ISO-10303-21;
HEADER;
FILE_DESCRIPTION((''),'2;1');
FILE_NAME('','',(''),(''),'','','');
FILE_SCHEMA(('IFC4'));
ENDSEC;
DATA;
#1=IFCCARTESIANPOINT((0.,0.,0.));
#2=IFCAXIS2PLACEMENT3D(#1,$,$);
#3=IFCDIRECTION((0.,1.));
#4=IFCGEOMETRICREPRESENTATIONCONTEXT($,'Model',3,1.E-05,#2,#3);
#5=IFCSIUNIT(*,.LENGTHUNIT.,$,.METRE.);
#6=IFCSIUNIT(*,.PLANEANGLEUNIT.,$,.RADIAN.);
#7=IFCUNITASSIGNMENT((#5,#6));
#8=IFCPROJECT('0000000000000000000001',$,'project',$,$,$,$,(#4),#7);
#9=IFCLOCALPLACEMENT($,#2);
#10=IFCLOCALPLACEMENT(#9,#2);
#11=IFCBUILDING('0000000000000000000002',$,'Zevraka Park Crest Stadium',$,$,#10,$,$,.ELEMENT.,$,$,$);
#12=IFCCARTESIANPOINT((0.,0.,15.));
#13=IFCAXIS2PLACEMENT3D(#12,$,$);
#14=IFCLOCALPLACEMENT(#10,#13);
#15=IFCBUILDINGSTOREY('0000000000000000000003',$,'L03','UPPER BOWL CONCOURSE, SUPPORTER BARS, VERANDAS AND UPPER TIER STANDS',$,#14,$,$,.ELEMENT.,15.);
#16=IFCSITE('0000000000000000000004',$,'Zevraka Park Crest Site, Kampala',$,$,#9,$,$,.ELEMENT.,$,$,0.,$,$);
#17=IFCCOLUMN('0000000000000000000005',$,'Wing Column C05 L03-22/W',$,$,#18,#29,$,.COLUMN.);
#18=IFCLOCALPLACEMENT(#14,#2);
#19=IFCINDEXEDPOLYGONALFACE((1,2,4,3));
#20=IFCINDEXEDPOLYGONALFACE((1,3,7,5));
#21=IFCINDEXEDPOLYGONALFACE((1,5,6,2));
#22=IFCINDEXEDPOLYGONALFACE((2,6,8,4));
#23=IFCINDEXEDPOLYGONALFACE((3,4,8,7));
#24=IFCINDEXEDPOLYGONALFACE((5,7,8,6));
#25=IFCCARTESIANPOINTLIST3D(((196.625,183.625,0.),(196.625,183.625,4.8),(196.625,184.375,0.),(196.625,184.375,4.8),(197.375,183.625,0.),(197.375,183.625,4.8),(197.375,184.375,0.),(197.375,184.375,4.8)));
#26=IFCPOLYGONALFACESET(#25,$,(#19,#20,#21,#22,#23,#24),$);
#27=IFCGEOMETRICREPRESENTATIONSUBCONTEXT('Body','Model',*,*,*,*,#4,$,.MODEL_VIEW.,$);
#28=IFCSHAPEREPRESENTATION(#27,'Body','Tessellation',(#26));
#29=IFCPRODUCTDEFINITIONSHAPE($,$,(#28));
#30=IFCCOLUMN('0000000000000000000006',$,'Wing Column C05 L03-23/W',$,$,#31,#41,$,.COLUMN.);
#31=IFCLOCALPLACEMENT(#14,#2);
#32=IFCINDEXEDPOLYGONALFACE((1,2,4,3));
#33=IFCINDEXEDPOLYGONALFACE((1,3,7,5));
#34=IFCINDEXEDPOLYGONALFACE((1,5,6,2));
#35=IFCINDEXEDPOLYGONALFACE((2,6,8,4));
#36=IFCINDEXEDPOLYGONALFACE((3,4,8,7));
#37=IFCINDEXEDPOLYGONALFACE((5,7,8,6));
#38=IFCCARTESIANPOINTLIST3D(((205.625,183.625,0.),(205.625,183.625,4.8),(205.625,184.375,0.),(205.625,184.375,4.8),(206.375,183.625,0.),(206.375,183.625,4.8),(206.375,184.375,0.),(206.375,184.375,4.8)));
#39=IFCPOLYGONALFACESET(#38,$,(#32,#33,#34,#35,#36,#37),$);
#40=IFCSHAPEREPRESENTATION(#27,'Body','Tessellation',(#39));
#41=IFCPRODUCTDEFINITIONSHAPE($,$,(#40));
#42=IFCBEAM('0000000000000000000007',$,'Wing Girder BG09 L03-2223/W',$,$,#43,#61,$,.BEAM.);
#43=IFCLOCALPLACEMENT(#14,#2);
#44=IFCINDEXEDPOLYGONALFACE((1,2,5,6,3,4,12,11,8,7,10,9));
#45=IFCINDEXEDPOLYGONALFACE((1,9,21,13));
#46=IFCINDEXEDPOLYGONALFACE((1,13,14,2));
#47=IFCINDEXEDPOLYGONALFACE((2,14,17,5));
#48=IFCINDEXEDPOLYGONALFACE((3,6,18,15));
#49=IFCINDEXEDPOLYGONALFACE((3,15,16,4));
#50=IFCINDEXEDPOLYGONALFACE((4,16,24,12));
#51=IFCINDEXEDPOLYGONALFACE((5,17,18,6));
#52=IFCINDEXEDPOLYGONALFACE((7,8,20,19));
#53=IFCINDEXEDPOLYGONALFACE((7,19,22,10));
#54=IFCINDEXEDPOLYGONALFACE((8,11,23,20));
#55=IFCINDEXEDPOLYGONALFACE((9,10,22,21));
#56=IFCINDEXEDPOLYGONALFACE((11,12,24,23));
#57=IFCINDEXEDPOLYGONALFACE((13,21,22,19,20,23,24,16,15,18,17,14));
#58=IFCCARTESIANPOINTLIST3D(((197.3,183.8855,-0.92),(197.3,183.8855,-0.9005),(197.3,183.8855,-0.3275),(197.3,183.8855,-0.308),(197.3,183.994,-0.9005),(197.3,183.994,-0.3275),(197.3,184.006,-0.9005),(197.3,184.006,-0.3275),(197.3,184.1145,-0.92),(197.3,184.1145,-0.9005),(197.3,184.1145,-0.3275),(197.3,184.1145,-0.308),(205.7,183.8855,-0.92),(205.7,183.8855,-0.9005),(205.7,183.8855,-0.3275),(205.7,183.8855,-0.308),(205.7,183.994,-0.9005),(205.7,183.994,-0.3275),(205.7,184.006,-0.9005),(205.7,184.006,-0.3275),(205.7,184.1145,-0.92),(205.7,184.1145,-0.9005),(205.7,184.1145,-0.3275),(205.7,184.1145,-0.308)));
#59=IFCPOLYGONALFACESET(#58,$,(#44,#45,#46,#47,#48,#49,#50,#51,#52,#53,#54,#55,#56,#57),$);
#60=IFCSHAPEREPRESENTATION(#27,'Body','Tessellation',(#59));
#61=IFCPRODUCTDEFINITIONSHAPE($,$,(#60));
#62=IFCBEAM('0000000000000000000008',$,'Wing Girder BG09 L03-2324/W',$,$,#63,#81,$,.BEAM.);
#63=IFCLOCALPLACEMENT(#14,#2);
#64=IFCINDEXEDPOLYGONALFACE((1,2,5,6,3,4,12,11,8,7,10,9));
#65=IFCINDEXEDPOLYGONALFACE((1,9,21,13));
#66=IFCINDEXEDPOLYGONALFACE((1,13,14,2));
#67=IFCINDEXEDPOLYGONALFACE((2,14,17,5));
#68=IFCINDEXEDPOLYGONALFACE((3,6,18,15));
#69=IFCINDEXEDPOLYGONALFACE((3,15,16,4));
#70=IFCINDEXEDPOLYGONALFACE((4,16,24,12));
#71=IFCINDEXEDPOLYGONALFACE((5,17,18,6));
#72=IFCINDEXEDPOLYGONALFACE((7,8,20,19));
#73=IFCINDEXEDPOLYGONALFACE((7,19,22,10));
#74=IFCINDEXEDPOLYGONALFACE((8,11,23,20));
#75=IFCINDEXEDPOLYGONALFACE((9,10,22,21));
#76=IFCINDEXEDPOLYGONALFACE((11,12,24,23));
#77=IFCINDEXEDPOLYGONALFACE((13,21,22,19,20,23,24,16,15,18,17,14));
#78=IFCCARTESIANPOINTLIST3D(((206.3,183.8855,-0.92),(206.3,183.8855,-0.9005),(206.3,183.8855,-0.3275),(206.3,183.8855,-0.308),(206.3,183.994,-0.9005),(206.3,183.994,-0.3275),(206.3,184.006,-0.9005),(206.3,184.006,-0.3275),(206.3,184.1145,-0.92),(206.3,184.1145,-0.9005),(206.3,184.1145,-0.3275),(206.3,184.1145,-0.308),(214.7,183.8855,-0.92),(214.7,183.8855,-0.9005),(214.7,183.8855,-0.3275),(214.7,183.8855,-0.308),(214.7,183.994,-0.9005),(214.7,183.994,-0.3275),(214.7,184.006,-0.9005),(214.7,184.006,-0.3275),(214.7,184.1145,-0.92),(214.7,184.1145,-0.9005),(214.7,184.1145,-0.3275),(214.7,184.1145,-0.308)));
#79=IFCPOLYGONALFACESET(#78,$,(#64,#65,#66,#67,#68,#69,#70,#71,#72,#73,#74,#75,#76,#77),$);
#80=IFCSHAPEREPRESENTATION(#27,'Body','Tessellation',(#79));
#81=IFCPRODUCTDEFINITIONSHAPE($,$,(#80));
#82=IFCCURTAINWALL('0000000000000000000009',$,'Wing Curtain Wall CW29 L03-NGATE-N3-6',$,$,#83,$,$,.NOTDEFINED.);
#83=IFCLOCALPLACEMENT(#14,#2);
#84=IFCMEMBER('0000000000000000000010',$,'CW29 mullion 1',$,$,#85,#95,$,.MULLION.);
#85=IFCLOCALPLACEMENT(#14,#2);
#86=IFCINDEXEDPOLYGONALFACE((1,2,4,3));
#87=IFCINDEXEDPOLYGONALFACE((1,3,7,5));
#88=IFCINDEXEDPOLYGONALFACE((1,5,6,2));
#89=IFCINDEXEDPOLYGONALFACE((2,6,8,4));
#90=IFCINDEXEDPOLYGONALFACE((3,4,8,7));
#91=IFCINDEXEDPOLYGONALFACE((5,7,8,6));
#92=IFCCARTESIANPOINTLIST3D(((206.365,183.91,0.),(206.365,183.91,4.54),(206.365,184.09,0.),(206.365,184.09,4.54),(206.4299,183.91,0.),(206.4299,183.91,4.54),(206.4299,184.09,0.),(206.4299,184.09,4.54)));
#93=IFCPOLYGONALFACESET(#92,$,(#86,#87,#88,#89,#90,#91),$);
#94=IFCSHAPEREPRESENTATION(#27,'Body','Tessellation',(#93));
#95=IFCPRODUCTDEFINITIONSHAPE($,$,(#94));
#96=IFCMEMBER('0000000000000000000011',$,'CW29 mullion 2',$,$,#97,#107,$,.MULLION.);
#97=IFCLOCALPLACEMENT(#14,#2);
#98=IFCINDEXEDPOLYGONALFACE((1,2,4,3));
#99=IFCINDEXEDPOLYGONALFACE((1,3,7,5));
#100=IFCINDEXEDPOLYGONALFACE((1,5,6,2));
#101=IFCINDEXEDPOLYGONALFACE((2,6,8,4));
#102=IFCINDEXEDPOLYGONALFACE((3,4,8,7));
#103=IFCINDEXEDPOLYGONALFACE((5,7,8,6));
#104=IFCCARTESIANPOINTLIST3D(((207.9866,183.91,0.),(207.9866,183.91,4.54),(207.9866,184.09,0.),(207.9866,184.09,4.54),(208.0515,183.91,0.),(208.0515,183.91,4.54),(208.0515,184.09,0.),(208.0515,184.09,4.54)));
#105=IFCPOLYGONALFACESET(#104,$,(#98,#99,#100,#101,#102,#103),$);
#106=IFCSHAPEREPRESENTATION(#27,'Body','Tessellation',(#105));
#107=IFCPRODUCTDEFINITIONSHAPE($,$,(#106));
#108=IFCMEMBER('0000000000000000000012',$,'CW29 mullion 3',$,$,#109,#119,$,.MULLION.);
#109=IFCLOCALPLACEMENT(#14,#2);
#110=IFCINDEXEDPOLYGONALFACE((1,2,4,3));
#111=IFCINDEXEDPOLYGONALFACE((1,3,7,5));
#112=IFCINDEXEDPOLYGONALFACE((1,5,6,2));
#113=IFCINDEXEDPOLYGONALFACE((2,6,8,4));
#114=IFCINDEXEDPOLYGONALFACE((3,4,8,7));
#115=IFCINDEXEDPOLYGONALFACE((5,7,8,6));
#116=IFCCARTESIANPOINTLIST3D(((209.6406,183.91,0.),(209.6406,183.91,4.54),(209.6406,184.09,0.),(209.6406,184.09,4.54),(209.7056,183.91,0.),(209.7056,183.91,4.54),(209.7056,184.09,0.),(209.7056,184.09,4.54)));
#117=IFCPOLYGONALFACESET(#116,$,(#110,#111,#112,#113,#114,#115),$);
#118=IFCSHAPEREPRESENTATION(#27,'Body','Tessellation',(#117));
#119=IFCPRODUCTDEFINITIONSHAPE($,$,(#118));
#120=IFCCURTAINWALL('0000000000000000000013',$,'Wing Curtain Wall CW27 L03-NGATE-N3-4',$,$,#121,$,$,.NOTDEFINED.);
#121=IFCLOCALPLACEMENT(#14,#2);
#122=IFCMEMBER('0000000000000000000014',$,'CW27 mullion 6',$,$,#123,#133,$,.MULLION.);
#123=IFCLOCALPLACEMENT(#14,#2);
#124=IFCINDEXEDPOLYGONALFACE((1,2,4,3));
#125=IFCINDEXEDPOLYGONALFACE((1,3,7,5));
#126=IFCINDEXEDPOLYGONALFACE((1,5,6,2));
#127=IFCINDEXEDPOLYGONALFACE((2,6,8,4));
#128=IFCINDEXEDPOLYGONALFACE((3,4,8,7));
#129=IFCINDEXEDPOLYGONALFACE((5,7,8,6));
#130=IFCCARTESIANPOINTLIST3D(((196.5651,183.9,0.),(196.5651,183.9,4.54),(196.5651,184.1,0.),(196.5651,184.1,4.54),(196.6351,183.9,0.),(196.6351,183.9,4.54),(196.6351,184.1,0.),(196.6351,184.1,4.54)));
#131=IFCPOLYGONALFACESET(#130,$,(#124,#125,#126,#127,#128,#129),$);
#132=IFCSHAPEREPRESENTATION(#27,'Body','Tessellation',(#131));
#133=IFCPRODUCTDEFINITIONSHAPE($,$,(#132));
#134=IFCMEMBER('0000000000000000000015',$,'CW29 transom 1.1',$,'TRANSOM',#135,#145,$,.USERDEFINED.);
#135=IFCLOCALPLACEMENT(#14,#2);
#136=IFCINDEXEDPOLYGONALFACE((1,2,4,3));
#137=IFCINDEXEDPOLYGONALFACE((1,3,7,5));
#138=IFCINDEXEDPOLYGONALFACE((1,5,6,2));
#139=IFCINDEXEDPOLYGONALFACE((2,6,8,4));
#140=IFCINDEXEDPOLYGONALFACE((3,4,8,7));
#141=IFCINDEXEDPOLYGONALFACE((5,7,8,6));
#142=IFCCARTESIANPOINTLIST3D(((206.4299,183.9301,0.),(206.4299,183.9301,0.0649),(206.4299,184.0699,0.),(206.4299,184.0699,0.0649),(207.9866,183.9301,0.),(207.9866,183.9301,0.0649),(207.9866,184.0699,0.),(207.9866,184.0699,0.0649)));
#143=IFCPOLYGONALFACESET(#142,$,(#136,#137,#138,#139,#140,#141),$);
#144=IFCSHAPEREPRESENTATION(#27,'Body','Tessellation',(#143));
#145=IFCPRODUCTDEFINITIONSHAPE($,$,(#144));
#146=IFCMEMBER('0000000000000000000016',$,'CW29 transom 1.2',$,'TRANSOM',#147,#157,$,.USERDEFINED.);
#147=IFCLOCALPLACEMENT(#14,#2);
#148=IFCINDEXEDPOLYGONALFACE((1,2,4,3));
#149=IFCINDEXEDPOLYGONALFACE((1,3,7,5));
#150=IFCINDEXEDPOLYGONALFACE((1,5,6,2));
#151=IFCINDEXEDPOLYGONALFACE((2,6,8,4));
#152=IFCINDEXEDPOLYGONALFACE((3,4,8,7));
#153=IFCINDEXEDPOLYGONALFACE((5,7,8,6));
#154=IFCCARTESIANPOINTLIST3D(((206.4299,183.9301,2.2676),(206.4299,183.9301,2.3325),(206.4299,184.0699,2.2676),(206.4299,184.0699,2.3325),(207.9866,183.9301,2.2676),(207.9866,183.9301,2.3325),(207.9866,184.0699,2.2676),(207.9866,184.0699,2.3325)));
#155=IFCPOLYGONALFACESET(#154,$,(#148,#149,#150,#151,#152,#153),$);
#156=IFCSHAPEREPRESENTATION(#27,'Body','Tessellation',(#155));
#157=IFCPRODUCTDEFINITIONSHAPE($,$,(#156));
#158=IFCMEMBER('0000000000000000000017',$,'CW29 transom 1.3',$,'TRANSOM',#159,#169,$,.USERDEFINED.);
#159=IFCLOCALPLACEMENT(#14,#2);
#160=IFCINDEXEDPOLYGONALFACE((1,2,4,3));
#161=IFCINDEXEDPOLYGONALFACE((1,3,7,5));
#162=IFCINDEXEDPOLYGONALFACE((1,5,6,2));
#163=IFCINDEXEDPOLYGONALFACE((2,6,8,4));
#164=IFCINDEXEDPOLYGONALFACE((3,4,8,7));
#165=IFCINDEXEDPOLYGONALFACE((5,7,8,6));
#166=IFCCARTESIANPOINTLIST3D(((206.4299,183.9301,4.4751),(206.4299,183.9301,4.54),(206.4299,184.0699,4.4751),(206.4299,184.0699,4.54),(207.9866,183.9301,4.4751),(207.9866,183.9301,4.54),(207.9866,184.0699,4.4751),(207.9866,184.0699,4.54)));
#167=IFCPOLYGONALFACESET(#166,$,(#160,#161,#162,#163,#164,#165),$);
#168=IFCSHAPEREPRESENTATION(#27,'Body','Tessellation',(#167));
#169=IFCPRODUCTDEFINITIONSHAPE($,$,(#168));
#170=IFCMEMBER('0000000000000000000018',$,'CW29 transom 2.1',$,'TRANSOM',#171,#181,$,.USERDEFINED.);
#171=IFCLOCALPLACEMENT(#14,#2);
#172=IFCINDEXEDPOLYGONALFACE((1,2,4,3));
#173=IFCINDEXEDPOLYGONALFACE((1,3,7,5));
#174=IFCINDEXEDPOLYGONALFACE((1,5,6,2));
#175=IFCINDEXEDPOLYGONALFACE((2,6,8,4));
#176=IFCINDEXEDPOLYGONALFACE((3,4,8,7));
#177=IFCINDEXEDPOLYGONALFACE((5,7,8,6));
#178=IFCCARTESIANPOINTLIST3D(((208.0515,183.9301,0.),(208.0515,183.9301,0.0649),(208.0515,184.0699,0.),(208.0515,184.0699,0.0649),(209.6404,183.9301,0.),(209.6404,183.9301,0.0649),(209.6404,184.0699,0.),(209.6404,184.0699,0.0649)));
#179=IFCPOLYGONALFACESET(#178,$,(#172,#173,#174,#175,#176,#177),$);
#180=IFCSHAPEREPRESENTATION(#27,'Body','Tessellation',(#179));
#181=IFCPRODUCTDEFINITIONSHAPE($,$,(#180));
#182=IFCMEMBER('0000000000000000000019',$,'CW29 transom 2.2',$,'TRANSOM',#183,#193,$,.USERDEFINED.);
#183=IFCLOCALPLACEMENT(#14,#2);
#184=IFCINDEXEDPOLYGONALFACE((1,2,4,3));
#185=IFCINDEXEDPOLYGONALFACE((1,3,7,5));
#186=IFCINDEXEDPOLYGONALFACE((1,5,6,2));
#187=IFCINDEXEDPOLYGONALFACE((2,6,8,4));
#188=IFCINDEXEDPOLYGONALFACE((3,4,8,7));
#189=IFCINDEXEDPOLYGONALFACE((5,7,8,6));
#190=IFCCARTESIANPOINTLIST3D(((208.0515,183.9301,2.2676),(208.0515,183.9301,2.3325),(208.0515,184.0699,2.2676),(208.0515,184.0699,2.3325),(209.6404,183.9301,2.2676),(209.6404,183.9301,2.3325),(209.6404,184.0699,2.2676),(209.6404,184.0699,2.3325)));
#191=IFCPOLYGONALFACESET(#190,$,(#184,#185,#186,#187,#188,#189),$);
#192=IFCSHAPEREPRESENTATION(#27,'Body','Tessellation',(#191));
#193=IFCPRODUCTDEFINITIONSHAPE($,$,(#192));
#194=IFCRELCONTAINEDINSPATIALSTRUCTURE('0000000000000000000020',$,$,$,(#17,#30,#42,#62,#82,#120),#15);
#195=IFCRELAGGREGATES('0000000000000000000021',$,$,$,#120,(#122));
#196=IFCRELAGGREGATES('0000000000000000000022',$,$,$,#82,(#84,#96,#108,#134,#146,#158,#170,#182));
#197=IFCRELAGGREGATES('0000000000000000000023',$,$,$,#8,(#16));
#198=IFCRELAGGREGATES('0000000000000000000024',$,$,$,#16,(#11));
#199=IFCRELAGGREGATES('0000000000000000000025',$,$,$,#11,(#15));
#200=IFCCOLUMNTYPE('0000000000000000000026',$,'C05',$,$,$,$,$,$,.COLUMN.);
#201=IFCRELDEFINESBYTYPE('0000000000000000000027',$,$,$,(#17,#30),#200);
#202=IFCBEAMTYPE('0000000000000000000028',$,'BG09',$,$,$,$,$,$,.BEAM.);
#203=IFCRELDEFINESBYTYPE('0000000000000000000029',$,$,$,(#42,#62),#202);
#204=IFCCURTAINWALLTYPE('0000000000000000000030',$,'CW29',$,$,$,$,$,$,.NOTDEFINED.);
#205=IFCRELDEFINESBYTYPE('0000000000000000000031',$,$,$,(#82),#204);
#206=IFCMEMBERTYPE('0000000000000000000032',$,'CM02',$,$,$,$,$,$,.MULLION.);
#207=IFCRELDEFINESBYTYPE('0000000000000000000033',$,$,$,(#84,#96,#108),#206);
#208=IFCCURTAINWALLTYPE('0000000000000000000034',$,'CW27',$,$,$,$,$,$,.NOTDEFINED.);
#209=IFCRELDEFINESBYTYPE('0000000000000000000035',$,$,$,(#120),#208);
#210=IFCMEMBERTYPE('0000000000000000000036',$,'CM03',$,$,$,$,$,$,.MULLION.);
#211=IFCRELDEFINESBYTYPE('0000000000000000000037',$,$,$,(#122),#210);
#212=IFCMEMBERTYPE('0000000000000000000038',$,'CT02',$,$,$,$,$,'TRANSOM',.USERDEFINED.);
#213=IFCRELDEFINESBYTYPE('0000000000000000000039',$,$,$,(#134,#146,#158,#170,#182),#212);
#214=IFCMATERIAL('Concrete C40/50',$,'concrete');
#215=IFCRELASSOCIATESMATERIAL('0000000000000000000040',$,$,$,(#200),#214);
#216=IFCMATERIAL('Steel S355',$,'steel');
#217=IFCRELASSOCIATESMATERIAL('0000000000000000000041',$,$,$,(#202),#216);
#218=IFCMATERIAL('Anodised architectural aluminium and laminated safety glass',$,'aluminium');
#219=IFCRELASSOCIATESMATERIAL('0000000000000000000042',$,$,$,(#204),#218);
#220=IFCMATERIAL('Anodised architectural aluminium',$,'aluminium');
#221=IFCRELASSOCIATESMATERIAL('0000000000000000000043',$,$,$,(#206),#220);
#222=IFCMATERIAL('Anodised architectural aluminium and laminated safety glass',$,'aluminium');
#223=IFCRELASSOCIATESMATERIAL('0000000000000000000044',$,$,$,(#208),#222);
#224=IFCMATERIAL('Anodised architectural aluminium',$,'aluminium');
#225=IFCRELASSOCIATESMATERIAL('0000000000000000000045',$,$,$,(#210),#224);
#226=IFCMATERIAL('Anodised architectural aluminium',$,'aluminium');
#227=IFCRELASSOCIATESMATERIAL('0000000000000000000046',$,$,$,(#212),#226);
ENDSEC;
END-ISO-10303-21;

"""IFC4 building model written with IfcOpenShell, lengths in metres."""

from ifc_helpers import new_model, si_unit, direction, frame, origin, origin_2d, place, context, subcontext, project, spatial, rectangle, i_section, extrude, material, material_profile, profile_set, type_object, element, aggregate, save


model = new_model("IFC4")

# Units and contexts
model_context = context("Model", 3, precision=1e-05, world=origin(), true_north=direction((0.0, 1.0)))
body_context = subcontext(model_context, "Body", "Model", "MODEL_VIEW")
ifc_project = project(units=[si_unit("LENGTHUNIT", "METRE"), si_unit("PLANEANGLEUNIT", "RADIAN")], contexts=[model_context])

# Site, building, storey
site_placement = place(None, origin())
site = spatial("IfcSite", under=ifc_project, at=site_placement, Name="Zevraka Park Crest Site, Kampala", CompositionType="ELEMENT", RefElevation=0.0)
building_placement = place(site_placement, origin())
building = spatial("IfcBuilding", under=site, at=building_placement, Name="Zevraka Park Crest Stadium", CompositionType="ELEMENT")
storey_placement = place(building_placement, frame((0.0, 0.0, 15.0)))
storey = spatial("IfcBuildingStorey", under=building, at=storey_placement, Name="L03", Description="UPPER BOWL CONCOURSE, SUPPORTER BARS, VERANDAS AND UPPER TIER STANDS", CompositionType="ELEMENT", Elevation=15.0)

# Columns
ifc_material_1 = material(Name="Concrete C40/50", Category="concrete")
ifc_material_profile_1 = material_profile(ifc_material_1, rectangle(XDim=0.75, YDim=0.75, at=origin_2d()), Name="RC 750x750")
ifc_profile_set_1 = profile_set([ifc_material_profile_1], Name="Concrete C40/50")
column_type = type_object("IfcColumnType", Name="C05", PredefinedType="COLUMN", material=ifc_profile_set_1)
for number, where, z_axis, x_axis, name in (
    (1, (197.0, 184.0, 0.0), (0.0, 0.0, 1.0), (1.0, 0.0, 0.0), "Wing Column C05 L03-22/W"),
    (2, (206.0, 184.0, 0.0), (0.0, 0.0, 1.0), (1.0, 0.0, 0.0), "Wing Column C05 L03-23/W"),
):
    element("IfcColumn", number, at=place(storey_placement, frame(where, z_axis=z_axis, x_axis=x_axis)), inside=storey, type_object=column_type, Name=name, PredefinedType="COLUMN", context=body_context, shape_type="SweptSolid", body=[
        extrude(rectangle(XDim=0.75, YDim=0.75, at=origin_2d()), origin(), (0.0, 0.0, 1.0), 4.8),
    ])

# Beams
ifc_material_2 = material(Name="Steel S355", Category="steel")
ifc_material_profile_2 = material_profile(ifc_material_2, i_section(OverallWidth=0.229, OverallDepth=0.6121, WebThickness=0.012, FlangeThickness=0.0195, at=origin_2d()), Name="UKB 610x229x125")
ifc_profile_set_2 = profile_set([ifc_material_profile_2], Name="Steel S355")
beam_type = type_object("IfcBeamType", Name="BG09", PredefinedType="BEAM", material=ifc_profile_set_2)
for number, where, z_axis, x_axis, name in (
    (3, (197.3, 184.0, -0.614), (1.0, 0.0, 0.0), (0.0, 1.0, 0.0), "Wing Girder BG09 L03-2223/W"),
    (4, (206.3, 184.0, -0.614), (1.0, 0.0, 0.0), (0.0, 1.0, 0.0), "Wing Girder BG09 L03-2324/W"),
):
    element("IfcBeam", number, at=place(storey_placement, frame(where, z_axis=z_axis, x_axis=x_axis)), inside=storey, type_object=beam_type, Name=name, PredefinedType="BEAM", context=body_context, shape_type="SweptSolid", body=[
        extrude(i_section(OverallWidth=0.229, OverallDepth=0.6121, WebThickness=0.012, FlangeThickness=0.0195, at=origin_2d()), origin(), (0.0, 0.0, 1.0), 8.3999),
    ])

# Curtain wall, members
ifc_material_3 = material(Name="Anodised architectural aluminium and laminated safety glass", Category="aluminium")
curtain_wall_type_1 = type_object("IfcCurtainWallType", Name="CW29", PredefinedType="NOTDEFINED", material=ifc_material_3)
curtain_wall_1_placement = place(storey_placement, origin())
curtain_wall_1 = element("IfcCurtainWall", 5, at=curtain_wall_1_placement, inside=storey, type_object=curtain_wall_type_1, Name="Wing Curtain Wall CW29 L03-NGATE-N3-6", PredefinedType="NOTDEFINED")
ifc_material_4 = material(Name="Anodised architectural aluminium", Category="aluminium")
ifc_material_profile_3 = material_profile(ifc_material_4, rectangle(XDim=0.1799, YDim=0.0649, at=origin_2d()), Name="ALU MULLION 180x65")
ifc_profile_set_3 = profile_set([ifc_material_profile_3], Name="Anodised architectural aluminium")
member_type_1 = type_object("IfcMemberType", Name="CM02", PredefinedType="MULLION", material=ifc_profile_set_3)
member_1_placement = place(storey_placement, frame((206.3975, 184.0, 0.0), z_axis=(0.0, 0.0, 1.0), x_axis=(0.0, 1.0, 0.0)))
member_1 = element("IfcMember", 6, at=member_1_placement, type_object=member_type_1, Name="CW29 mullion 1", PredefinedType="MULLION", context=body_context, shape_type="SweptSolid", body=[
    extrude(rectangle(XDim=0.1799, YDim=0.0649, at=origin_2d()), origin(), (0.0, 0.0, 1.0), 4.54),
])
member_2_placement = place(storey_placement, frame((208.019, 184.0, 0.0), z_axis=(0.0, 0.0, 1.0), x_axis=(0.0, 1.0, 0.0)))
member_2 = element("IfcMember", 7, at=member_2_placement, type_object=member_type_1, Name="CW29 mullion 2", PredefinedType="MULLION", context=body_context, shape_type="SweptSolid", body=[
    extrude(rectangle(XDim=0.1799, YDim=0.0649, at=origin_2d()), origin(), (0.0, 0.0, 1.0), 4.54),
])
member_3_placement = place(storey_placement, frame((209.6731, 184.0, 0.0), z_axis=(0.0, 0.0, 1.0), x_axis=(0.0, 1.0, 0.0)))
member_3 = element("IfcMember", 8, at=member_3_placement, type_object=member_type_1, Name="CW29 mullion 3", PredefinedType="MULLION", context=body_context, shape_type="SweptSolid", body=[
    extrude(rectangle(XDim=0.1799, YDim=0.0649, at=origin_2d()), origin(), (0.0, 0.0, 1.0), 4.54),
])

# Curtain wall, member
ifc_material_5 = material(Name="Anodised architectural aluminium and laminated safety glass", Category="aluminium")
curtain_wall_type_2 = type_object("IfcCurtainWallType", Name="CW27", PredefinedType="NOTDEFINED", material=ifc_material_5)
curtain_wall_2_placement = place(storey_placement, origin())
curtain_wall_2 = element("IfcCurtainWall", 9, at=curtain_wall_2_placement, inside=storey, type_object=curtain_wall_type_2, Name="Wing Curtain Wall CW27 L03-NGATE-N3-4", PredefinedType="NOTDEFINED")
ifc_material_6 = material(Name="Anodised architectural aluminium", Category="aluminium")
ifc_material_profile_4 = material_profile(ifc_material_6, rectangle(XDim=0.2, YDim=0.0701, at=origin_2d()), Name="ALU MULLION 200x70")
ifc_profile_set_4 = profile_set([ifc_material_profile_4], Name="Anodised architectural aluminium")
member_type_2 = type_object("IfcMemberType", Name="CM03", PredefinedType="MULLION", material=ifc_profile_set_4)
member_4_placement = place(storey_placement, frame((196.6001, 184.0, 0.0), z_axis=(0.0, 0.0, 1.0), x_axis=(0.0, 1.0, 0.0)))
member_4 = element("IfcMember", 10, at=member_4_placement, type_object=member_type_2, Name="CW27 mullion 6", PredefinedType="MULLION", context=body_context, shape_type="SweptSolid", body=[
    extrude(rectangle(XDim=0.2, YDim=0.0701, at=origin_2d()), origin(), (0.0, 0.0, 1.0), 4.54),
])
aggregate(curtain_wall_2, [member_4])

# Members
ifc_material_7 = material(Name="Anodised architectural aluminium", Category="aluminium")
ifc_material_profile_5 = material_profile(ifc_material_7, rectangle(XDim=0.1399, YDim=0.0649, at=origin_2d()), Name="ALU TRANSOM 140x65")
ifc_profile_set_5 = profile_set([ifc_material_profile_5], Name="Anodised architectural aluminium")
member_type_3 = type_object("IfcMemberType", Name="CT02", ElementType="TRANSOM", PredefinedType="USERDEFINED", material=ifc_profile_set_5)
member_5_placement = place(storey_placement, frame((206.4299, 184.0, 0.0325), z_axis=(1.0, 0.0, 0.0), x_axis=(0.0, 1.0, 0.0)))
member_5 = element("IfcMember", 11, at=member_5_placement, type_object=member_type_3, Name="CW29 transom 1.1", ObjectType="TRANSOM", PredefinedType="USERDEFINED", context=body_context, shape_type="SweptSolid", body=[
    extrude(rectangle(XDim=0.1399, YDim=0.0649, at=origin_2d()), origin(), (0.0, 0.0, 1.0), 1.5566),
])
member_6_placement = place(storey_placement, frame((206.4299, 184.0, 2.3), z_axis=(1.0, 0.0, 0.0), x_axis=(0.0, 1.0, 0.0)))
member_6 = element("IfcMember", 12, at=member_6_placement, type_object=member_type_3, Name="CW29 transom 1.2", ObjectType="TRANSOM", PredefinedType="USERDEFINED", context=body_context, shape_type="SweptSolid", body=[
    extrude(rectangle(XDim=0.1399, YDim=0.0649, at=origin_2d()), origin(), (0.0, 0.0, 1.0), 1.5566),
])
member_7_placement = place(storey_placement, frame((206.4299, 184.0, 4.5076), z_axis=(1.0, 0.0, 0.0), x_axis=(0.0, 1.0, 0.0)))
member_7 = element("IfcMember", 13, at=member_7_placement, type_object=member_type_3, Name="CW29 transom 1.3", ObjectType="TRANSOM", PredefinedType="USERDEFINED", context=body_context, shape_type="SweptSolid", body=[
    extrude(rectangle(XDim=0.1399, YDim=0.0649, at=origin_2d()), origin(), (0.0, 0.0, 1.0), 1.5566),
])
member_8_placement = place(storey_placement, frame((208.0515, 184.0, 0.0325), z_axis=(1.0, 0.0, 0.0), x_axis=(0.0, 1.0, 0.0)))
member_8 = element("IfcMember", 14, at=member_8_placement, type_object=member_type_3, Name="CW29 transom 2.1", ObjectType="TRANSOM", PredefinedType="USERDEFINED", context=body_context, shape_type="SweptSolid", body=[
    extrude(rectangle(XDim=0.1399, YDim=0.0649, at=origin_2d()), origin(), (0.0, 0.0, 1.0), 1.5889),
])
member_9_placement = place(storey_placement, frame((208.0515, 184.0, 2.3), z_axis=(1.0, 0.0, 0.0), x_axis=(0.0, 1.0, 0.0)))
member_9 = element("IfcMember", 15, at=member_9_placement, type_object=member_type_3, Name="CW29 transom 2.2", ObjectType="TRANSOM", PredefinedType="USERDEFINED", context=body_context, shape_type="SweptSolid", body=[
    extrude(rectangle(XDim=0.1399, YDim=0.0649, at=origin_2d()), origin(), (0.0, 0.0, 1.0), 1.5889),
])

aggregate(curtain_wall_1, [member_1, member_2, member_3, member_5, member_6, member_7, member_8, member_9])

save(model, "model.ifc")
